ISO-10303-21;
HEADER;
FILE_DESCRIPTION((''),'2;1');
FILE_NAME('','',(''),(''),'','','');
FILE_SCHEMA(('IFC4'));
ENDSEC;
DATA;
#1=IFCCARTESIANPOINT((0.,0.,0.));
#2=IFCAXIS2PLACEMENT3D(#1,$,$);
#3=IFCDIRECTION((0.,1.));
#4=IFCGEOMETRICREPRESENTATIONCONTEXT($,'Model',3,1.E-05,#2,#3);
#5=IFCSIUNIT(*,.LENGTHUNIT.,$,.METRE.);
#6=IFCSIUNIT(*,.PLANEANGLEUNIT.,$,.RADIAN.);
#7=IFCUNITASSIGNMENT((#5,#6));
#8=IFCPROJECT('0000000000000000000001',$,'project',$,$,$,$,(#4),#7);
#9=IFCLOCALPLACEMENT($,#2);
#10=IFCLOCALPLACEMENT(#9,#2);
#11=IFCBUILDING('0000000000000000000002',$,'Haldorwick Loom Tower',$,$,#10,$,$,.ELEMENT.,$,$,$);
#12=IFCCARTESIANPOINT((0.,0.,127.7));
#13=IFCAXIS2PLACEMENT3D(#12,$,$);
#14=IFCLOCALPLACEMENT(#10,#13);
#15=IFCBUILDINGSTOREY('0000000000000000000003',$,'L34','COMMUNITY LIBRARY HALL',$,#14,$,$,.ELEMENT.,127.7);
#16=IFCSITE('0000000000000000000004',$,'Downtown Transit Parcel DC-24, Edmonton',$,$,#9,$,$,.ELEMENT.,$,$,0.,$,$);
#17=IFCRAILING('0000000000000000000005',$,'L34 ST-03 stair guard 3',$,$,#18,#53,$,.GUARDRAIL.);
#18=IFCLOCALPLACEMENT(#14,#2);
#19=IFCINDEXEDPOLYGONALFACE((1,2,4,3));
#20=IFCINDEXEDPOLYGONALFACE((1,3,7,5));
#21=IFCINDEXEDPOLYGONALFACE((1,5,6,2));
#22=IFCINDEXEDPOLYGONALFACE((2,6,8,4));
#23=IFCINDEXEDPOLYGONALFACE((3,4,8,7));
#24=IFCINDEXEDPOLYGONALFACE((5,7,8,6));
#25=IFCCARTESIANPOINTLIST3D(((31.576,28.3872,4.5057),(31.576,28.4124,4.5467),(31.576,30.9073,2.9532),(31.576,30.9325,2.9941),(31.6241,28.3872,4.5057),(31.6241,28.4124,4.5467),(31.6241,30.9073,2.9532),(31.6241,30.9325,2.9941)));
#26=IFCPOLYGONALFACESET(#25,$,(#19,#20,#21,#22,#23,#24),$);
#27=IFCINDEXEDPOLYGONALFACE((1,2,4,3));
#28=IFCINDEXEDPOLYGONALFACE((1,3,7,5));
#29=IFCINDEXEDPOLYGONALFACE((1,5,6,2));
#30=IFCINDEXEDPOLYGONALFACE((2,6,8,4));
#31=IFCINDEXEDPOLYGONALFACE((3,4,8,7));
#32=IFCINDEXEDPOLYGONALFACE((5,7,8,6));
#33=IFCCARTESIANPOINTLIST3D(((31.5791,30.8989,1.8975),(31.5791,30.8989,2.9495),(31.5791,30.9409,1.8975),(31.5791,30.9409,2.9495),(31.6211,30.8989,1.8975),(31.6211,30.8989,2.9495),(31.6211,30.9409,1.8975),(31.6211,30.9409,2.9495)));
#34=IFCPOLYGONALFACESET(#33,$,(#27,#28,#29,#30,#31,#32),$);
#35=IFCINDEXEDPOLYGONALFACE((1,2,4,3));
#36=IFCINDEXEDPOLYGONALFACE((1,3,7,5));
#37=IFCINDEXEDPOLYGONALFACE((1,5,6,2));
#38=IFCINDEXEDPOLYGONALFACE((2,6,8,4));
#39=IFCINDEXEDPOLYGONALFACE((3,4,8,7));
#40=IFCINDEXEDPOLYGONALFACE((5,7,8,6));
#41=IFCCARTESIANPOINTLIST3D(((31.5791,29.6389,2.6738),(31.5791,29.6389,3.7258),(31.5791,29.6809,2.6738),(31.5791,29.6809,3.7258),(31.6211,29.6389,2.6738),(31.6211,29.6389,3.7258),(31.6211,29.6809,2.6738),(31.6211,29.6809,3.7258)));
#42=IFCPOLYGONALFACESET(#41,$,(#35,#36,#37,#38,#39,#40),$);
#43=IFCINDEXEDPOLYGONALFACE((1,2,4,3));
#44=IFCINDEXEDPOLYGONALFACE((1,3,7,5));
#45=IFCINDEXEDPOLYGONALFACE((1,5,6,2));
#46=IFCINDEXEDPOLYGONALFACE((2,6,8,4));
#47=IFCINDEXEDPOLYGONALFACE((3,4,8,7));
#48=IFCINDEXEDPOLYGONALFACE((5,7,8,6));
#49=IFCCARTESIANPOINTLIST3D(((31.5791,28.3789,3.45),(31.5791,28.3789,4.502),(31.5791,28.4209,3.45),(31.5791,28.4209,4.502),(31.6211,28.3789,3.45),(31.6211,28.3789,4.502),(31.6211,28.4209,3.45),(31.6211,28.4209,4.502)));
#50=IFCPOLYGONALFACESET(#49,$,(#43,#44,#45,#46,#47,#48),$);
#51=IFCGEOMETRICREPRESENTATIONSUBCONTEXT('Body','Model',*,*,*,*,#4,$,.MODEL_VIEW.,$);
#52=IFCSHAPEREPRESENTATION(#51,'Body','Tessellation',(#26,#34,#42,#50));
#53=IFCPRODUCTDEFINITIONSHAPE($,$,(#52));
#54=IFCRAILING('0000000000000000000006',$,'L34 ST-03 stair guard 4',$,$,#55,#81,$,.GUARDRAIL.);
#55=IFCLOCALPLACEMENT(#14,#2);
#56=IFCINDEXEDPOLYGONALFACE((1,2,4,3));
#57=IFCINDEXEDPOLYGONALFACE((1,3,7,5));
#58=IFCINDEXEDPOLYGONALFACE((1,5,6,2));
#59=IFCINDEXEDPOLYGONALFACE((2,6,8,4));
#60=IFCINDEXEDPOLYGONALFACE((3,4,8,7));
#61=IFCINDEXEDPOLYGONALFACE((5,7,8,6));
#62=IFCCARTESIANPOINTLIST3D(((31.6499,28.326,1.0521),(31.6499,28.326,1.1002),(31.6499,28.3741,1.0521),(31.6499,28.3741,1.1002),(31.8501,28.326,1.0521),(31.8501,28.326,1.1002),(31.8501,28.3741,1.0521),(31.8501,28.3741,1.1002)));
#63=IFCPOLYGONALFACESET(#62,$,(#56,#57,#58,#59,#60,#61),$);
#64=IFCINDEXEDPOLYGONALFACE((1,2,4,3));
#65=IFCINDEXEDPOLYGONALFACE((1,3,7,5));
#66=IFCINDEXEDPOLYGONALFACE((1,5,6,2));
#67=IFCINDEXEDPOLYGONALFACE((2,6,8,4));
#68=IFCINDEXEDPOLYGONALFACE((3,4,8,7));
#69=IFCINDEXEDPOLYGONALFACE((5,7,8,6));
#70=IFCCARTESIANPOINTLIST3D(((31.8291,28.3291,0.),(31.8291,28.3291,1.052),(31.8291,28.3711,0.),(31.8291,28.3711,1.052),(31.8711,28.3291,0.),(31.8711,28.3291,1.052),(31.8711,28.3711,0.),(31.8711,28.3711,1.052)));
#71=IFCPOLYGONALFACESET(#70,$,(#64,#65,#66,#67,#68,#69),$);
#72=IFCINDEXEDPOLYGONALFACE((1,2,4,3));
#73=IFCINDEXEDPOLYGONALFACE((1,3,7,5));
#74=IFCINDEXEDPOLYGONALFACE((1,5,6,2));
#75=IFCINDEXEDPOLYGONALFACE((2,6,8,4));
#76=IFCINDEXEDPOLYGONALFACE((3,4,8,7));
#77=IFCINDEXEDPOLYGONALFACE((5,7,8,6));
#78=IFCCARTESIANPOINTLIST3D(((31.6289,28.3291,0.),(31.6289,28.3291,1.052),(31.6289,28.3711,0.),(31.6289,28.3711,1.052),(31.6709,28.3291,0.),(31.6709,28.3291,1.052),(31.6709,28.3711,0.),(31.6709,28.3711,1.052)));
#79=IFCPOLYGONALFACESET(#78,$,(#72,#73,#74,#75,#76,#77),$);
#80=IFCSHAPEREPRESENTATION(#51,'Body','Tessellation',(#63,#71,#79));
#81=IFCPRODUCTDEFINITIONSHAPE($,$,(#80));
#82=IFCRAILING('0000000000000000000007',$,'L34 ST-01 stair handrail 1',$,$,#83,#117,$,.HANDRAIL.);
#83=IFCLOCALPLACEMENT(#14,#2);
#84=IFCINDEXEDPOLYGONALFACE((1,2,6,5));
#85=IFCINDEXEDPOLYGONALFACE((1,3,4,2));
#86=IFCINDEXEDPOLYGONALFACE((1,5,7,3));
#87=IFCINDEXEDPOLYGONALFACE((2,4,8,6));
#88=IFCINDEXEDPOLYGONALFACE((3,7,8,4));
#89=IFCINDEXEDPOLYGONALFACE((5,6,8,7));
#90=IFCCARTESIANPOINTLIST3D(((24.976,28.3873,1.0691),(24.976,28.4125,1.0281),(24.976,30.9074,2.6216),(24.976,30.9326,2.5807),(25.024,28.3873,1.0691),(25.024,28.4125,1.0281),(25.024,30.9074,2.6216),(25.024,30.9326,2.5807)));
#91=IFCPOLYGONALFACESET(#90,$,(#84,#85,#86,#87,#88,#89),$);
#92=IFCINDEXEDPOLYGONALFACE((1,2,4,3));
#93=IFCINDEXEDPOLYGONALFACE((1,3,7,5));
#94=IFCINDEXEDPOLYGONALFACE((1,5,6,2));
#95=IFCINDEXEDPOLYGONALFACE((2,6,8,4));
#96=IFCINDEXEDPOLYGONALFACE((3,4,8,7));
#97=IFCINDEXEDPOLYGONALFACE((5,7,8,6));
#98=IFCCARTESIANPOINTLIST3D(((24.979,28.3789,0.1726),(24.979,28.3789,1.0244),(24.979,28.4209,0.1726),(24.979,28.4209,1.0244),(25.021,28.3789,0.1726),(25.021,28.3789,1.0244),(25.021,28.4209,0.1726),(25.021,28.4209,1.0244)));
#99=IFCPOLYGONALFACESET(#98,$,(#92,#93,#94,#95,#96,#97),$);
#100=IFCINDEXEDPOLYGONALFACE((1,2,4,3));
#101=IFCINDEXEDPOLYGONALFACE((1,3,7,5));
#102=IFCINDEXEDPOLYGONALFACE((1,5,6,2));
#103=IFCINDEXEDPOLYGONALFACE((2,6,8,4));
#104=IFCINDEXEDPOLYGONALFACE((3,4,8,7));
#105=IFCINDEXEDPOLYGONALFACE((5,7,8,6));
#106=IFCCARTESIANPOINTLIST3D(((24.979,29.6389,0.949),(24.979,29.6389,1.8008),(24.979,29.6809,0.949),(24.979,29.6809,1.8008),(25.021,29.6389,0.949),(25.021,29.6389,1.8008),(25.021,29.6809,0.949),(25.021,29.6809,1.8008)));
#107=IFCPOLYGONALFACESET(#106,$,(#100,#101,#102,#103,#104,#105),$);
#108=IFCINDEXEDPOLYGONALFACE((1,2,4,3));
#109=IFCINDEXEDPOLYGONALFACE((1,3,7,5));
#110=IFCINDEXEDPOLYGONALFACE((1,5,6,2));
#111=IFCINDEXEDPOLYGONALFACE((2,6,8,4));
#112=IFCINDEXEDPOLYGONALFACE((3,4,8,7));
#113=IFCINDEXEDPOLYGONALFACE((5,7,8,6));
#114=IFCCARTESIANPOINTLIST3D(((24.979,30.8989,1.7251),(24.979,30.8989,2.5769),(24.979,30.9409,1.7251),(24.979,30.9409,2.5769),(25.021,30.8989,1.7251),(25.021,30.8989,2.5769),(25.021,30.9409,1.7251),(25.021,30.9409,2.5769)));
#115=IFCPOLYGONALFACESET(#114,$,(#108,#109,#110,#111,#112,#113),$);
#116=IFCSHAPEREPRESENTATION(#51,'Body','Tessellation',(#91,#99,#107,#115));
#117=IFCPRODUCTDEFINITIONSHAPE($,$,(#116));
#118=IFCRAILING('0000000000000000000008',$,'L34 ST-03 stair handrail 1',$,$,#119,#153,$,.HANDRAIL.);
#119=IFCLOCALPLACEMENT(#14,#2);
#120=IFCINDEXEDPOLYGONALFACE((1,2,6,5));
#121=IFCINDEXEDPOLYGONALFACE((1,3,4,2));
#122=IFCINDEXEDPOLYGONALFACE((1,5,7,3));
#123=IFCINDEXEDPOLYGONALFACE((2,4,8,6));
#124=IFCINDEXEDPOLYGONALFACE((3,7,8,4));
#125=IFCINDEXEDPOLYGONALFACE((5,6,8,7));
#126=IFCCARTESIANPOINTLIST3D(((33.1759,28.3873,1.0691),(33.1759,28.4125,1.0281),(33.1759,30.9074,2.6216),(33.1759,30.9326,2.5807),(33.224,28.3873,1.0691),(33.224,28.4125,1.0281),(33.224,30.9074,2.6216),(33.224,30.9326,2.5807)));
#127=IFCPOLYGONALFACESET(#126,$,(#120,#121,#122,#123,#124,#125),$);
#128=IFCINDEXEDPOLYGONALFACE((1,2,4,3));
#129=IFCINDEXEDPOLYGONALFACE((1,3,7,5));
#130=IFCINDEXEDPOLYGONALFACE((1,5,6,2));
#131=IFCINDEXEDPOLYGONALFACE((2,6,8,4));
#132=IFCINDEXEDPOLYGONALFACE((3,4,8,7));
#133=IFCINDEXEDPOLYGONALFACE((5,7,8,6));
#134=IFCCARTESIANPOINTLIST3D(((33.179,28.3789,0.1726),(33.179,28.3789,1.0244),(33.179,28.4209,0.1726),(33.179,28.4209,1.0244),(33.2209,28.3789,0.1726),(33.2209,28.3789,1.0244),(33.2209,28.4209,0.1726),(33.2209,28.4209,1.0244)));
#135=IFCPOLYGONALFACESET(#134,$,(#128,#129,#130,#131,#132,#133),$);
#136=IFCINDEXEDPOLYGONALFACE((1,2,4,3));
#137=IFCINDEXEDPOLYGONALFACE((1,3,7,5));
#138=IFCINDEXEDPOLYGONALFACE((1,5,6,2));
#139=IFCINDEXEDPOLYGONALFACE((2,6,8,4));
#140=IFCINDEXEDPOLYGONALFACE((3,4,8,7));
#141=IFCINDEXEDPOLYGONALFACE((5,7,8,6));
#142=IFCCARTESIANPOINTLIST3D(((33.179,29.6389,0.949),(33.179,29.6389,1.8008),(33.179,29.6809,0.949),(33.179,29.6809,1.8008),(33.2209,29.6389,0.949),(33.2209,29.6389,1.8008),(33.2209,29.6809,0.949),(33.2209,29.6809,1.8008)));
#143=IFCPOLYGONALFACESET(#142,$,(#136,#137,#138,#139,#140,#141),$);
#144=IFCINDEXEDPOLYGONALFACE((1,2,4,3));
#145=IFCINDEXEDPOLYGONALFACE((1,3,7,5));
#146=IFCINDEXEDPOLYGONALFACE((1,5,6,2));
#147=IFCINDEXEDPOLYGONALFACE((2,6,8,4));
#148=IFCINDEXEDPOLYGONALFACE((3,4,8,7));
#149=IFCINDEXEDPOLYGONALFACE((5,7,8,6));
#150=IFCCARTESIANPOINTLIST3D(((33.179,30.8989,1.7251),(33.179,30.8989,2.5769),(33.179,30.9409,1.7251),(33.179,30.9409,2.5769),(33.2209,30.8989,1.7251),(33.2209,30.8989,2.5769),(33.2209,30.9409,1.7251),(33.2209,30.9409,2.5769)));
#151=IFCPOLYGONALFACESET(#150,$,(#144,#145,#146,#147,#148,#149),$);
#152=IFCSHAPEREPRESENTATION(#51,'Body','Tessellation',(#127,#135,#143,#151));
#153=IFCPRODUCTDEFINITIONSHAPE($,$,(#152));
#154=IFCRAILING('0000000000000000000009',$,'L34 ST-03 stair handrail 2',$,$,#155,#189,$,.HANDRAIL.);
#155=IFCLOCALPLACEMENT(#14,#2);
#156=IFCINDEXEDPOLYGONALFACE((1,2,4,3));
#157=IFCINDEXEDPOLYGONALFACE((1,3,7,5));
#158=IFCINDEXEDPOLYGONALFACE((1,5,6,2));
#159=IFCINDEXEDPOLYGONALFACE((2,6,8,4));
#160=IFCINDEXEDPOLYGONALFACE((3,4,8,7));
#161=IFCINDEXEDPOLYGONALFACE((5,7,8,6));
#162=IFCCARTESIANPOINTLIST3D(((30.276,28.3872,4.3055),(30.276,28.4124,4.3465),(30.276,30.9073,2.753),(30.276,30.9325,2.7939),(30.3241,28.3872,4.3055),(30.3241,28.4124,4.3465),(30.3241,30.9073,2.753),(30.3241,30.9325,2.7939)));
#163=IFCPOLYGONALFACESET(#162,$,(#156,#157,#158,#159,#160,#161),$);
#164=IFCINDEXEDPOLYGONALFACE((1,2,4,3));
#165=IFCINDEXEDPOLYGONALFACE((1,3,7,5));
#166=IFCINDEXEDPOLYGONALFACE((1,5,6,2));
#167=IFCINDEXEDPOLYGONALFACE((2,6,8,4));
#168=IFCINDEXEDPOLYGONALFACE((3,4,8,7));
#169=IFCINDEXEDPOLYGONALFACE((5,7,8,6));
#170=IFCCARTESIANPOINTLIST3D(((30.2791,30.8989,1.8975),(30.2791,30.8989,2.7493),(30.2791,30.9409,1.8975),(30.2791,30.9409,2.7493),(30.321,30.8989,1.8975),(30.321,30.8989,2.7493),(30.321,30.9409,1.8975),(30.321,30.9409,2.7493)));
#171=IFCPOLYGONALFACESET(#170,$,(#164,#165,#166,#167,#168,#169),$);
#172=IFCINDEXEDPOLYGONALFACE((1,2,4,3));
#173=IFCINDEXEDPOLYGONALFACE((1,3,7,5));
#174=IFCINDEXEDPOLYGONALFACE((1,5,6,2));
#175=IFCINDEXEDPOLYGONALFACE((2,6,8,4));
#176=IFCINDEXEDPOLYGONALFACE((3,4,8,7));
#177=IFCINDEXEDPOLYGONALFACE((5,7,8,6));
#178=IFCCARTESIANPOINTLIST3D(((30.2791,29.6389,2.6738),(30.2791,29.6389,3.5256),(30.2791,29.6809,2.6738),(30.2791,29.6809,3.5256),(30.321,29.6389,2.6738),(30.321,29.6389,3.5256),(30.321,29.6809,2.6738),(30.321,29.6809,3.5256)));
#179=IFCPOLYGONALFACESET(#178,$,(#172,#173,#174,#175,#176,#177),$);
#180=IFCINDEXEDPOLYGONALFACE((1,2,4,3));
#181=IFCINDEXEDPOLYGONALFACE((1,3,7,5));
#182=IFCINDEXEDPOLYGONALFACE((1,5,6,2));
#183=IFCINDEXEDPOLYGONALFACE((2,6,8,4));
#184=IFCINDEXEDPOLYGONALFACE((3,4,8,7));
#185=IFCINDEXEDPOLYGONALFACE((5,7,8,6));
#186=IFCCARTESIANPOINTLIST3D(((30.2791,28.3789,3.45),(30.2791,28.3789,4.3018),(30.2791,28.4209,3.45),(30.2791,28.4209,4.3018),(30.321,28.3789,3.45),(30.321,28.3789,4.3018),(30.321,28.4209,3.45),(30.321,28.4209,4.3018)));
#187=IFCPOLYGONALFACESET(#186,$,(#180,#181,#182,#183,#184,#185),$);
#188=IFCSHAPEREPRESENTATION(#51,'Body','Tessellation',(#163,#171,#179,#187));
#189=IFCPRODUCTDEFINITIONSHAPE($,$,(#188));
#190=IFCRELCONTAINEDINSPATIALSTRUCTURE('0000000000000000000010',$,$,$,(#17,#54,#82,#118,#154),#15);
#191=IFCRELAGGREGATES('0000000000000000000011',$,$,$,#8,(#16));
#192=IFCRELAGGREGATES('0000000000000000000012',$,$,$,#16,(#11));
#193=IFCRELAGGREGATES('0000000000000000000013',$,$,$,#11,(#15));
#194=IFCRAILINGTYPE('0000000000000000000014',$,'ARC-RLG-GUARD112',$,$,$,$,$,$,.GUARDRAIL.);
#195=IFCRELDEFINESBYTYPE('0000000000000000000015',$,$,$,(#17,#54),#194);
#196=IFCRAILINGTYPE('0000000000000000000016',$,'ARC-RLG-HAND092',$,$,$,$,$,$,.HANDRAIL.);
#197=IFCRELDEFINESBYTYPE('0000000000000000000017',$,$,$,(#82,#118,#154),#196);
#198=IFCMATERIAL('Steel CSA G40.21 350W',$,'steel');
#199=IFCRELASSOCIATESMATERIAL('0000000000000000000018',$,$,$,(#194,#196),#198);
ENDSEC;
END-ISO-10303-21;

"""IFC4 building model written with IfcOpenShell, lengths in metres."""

from ifc_helpers import new_model, si_unit, direction, frame, origin, origin_2d, place, context, subcontext, project, spatial, rectangle, extrude, material, type_object, element, save


model = new_model("IFC4")

# Units and contexts
model_context = context("Model", 3, precision=1e-05, world=origin(), true_north=direction((0.0, 1.0)))
body_context = subcontext(model_context, "Body", "Model", "MODEL_VIEW")
ifc_project = project(units=[si_unit("LENGTHUNIT", "METRE"), si_unit("PLANEANGLEUNIT", "RADIAN")], contexts=[model_context])

# Site, building, storey
site_placement = place(None, origin())
site = spatial("IfcSite", under=ifc_project, at=site_placement, Name="Downtown Transit Parcel DC-24, Edmonton", CompositionType="ELEMENT", RefElevation=0.0)
building_placement = place(site_placement, origin())
building = spatial("IfcBuilding", under=site, at=building_placement, Name="Haldorwick Loom Tower", CompositionType="ELEMENT")
storey_placement = place(building_placement, frame((0.0, 0.0, 127.7)))
storey = spatial("IfcBuildingStorey", under=building, at=storey_placement, Name="L34", Description="COMMUNITY LIBRARY HALL", CompositionType="ELEMENT", Elevation=127.7)

# Shared definitions
ifc_material_1 = material(Name="Steel CSA G40.21 350W", Category="steel")

# Railings
railing_type_1 = type_object("IfcRailingType", Name="ARC-RLG-GUARD112", PredefinedType="GUARDRAIL", material=ifc_material_1)
railing_1_placement = place(storey_placement, frame((31.6001, 30.9199, 1.8975)))
element("IfcRailing", 1, at=railing_1_placement, inside=storey, type_object=railing_type_1, Name="L34 ST-03 stair guard 3", PredefinedType="GUARDRAIL", context=body_context, shape_type="SweptSolid", body=[
    extrude(rectangle(XDim=0.0481, YDim=0.0481, at=origin_2d()), frame((0.0, 0.0, 1.0762), z_axis=(0.0, -0.8514, 0.524516), x_axis=(1.0, 0.0, 0.0)), (0.0, 0.0, 1.0), 2.96),
    extrude(rectangle(XDim=0.042, YDim=0.042, at=origin_2d()), origin(), (0.0, 0.0, 1.0), 1.052),
    extrude(rectangle(XDim=0.042, YDim=0.042, at=origin_2d()), frame((0.0, -1.26, 0.7764)), (0.0, 0.0, 1.0), 1.052),
    extrude(rectangle(XDim=0.042, YDim=0.042, at=origin_2d()), frame((0.0, -2.52, 1.5525)), (0.0, 0.0, 1.0), 1.052),
])
railing_2_placement = place(storey_placement, frame((31.8501, 28.3501, 0.0)))
element("IfcRailing", 2, at=railing_2_placement, inside=storey, type_object=railing_type_1, Name="L34 ST-03 stair guard 4", PredefinedType="GUARDRAIL", context=body_context, shape_type="SweptSolid", body=[
    extrude(rectangle(XDim=0.0481, YDim=0.0481, at=origin_2d()), frame((0.0, 0.0, 1.0762), z_axis=(-1.0, 0.0, 0.0), x_axis=(0.0, -1.0, 0.0)), (0.0, 0.0, 1.0), 0.2002),
    extrude(rectangle(XDim=0.042, YDim=0.042, at=origin_2d()), origin(), (0.0, 0.0, 1.0), 1.052),
    extrude(rectangle(XDim=0.042, YDim=0.042, at=origin_2d()), frame((-0.2002, 0.0, 0.0)), (0.0, 0.0, 1.0), 1.052),
])
railing_type_2 = type_object("IfcRailingType", Name="ARC-RLG-HAND092", PredefinedType="HANDRAIL", material=ifc_material_1)
for number, where, name in (
    (3, (25.0, 28.3999, 0.1726), "L34 ST-01 stair handrail 1"),
    (4, (33.2, 28.3999, 0.1726), "L34 ST-03 stair handrail 1"),
):
    element("IfcRailing", number, at=place(storey_placement, frame(where)), inside=storey, type_object=railing_type_2, Name=name, PredefinedType="HANDRAIL", context=body_context, shape_type="SweptSolid", body=[
        extrude(rectangle(XDim=0.0481, YDim=0.0481, at=origin_2d()), frame((0.0, 0.0, 0.876), z_axis=(0.0, 0.8514, 0.524516), x_axis=(-1.0, 0.0, 0.0)), (0.0, 0.0, 1.0), 2.96),
        extrude(rectangle(XDim=0.042, YDim=0.042, at=origin_2d()), origin(), (0.0, 0.0, 1.0), 0.8518),
        extrude(rectangle(XDim=0.042, YDim=0.042, at=origin_2d()), frame((0.0, 1.26, 0.7764)), (0.0, 0.0, 1.0), 0.8518),
        extrude(rectangle(XDim=0.042, YDim=0.042, at=origin_2d()), frame((0.0, 2.52, 1.5525)), (0.0, 0.0, 1.0), 0.8518),
    ])
railing_3_placement = place(storey_placement, frame((30.3, 30.9199, 1.8975)))
element("IfcRailing", 5, at=railing_3_placement, inside=storey, type_object=railing_type_2, Name="L34 ST-03 stair handrail 2", PredefinedType="HANDRAIL", context=body_context, shape_type="SweptSolid", body=[
    extrude(rectangle(XDim=0.0481, YDim=0.0481, at=origin_2d()), frame((0.0, 0.0, 0.876), z_axis=(0.0, -0.8514, 0.524516), x_axis=(1.0, 0.0, 0.0)), (0.0, 0.0, 1.0), 2.96),
    extrude(rectangle(XDim=0.042, YDim=0.042, at=origin_2d()), origin(), (0.0, 0.0, 1.0), 0.8518),
    extrude(rectangle(XDim=0.042, YDim=0.042, at=origin_2d()), frame((0.0, -1.26, 0.7764)), (0.0, 0.0, 1.0), 0.8518),
    extrude(rectangle(XDim=0.042, YDim=0.042, at=origin_2d()), frame((0.0, -2.52, 1.5525)), (0.0, 0.0, 1.0), 0.8518),
])

save(model, "model.ifc")
